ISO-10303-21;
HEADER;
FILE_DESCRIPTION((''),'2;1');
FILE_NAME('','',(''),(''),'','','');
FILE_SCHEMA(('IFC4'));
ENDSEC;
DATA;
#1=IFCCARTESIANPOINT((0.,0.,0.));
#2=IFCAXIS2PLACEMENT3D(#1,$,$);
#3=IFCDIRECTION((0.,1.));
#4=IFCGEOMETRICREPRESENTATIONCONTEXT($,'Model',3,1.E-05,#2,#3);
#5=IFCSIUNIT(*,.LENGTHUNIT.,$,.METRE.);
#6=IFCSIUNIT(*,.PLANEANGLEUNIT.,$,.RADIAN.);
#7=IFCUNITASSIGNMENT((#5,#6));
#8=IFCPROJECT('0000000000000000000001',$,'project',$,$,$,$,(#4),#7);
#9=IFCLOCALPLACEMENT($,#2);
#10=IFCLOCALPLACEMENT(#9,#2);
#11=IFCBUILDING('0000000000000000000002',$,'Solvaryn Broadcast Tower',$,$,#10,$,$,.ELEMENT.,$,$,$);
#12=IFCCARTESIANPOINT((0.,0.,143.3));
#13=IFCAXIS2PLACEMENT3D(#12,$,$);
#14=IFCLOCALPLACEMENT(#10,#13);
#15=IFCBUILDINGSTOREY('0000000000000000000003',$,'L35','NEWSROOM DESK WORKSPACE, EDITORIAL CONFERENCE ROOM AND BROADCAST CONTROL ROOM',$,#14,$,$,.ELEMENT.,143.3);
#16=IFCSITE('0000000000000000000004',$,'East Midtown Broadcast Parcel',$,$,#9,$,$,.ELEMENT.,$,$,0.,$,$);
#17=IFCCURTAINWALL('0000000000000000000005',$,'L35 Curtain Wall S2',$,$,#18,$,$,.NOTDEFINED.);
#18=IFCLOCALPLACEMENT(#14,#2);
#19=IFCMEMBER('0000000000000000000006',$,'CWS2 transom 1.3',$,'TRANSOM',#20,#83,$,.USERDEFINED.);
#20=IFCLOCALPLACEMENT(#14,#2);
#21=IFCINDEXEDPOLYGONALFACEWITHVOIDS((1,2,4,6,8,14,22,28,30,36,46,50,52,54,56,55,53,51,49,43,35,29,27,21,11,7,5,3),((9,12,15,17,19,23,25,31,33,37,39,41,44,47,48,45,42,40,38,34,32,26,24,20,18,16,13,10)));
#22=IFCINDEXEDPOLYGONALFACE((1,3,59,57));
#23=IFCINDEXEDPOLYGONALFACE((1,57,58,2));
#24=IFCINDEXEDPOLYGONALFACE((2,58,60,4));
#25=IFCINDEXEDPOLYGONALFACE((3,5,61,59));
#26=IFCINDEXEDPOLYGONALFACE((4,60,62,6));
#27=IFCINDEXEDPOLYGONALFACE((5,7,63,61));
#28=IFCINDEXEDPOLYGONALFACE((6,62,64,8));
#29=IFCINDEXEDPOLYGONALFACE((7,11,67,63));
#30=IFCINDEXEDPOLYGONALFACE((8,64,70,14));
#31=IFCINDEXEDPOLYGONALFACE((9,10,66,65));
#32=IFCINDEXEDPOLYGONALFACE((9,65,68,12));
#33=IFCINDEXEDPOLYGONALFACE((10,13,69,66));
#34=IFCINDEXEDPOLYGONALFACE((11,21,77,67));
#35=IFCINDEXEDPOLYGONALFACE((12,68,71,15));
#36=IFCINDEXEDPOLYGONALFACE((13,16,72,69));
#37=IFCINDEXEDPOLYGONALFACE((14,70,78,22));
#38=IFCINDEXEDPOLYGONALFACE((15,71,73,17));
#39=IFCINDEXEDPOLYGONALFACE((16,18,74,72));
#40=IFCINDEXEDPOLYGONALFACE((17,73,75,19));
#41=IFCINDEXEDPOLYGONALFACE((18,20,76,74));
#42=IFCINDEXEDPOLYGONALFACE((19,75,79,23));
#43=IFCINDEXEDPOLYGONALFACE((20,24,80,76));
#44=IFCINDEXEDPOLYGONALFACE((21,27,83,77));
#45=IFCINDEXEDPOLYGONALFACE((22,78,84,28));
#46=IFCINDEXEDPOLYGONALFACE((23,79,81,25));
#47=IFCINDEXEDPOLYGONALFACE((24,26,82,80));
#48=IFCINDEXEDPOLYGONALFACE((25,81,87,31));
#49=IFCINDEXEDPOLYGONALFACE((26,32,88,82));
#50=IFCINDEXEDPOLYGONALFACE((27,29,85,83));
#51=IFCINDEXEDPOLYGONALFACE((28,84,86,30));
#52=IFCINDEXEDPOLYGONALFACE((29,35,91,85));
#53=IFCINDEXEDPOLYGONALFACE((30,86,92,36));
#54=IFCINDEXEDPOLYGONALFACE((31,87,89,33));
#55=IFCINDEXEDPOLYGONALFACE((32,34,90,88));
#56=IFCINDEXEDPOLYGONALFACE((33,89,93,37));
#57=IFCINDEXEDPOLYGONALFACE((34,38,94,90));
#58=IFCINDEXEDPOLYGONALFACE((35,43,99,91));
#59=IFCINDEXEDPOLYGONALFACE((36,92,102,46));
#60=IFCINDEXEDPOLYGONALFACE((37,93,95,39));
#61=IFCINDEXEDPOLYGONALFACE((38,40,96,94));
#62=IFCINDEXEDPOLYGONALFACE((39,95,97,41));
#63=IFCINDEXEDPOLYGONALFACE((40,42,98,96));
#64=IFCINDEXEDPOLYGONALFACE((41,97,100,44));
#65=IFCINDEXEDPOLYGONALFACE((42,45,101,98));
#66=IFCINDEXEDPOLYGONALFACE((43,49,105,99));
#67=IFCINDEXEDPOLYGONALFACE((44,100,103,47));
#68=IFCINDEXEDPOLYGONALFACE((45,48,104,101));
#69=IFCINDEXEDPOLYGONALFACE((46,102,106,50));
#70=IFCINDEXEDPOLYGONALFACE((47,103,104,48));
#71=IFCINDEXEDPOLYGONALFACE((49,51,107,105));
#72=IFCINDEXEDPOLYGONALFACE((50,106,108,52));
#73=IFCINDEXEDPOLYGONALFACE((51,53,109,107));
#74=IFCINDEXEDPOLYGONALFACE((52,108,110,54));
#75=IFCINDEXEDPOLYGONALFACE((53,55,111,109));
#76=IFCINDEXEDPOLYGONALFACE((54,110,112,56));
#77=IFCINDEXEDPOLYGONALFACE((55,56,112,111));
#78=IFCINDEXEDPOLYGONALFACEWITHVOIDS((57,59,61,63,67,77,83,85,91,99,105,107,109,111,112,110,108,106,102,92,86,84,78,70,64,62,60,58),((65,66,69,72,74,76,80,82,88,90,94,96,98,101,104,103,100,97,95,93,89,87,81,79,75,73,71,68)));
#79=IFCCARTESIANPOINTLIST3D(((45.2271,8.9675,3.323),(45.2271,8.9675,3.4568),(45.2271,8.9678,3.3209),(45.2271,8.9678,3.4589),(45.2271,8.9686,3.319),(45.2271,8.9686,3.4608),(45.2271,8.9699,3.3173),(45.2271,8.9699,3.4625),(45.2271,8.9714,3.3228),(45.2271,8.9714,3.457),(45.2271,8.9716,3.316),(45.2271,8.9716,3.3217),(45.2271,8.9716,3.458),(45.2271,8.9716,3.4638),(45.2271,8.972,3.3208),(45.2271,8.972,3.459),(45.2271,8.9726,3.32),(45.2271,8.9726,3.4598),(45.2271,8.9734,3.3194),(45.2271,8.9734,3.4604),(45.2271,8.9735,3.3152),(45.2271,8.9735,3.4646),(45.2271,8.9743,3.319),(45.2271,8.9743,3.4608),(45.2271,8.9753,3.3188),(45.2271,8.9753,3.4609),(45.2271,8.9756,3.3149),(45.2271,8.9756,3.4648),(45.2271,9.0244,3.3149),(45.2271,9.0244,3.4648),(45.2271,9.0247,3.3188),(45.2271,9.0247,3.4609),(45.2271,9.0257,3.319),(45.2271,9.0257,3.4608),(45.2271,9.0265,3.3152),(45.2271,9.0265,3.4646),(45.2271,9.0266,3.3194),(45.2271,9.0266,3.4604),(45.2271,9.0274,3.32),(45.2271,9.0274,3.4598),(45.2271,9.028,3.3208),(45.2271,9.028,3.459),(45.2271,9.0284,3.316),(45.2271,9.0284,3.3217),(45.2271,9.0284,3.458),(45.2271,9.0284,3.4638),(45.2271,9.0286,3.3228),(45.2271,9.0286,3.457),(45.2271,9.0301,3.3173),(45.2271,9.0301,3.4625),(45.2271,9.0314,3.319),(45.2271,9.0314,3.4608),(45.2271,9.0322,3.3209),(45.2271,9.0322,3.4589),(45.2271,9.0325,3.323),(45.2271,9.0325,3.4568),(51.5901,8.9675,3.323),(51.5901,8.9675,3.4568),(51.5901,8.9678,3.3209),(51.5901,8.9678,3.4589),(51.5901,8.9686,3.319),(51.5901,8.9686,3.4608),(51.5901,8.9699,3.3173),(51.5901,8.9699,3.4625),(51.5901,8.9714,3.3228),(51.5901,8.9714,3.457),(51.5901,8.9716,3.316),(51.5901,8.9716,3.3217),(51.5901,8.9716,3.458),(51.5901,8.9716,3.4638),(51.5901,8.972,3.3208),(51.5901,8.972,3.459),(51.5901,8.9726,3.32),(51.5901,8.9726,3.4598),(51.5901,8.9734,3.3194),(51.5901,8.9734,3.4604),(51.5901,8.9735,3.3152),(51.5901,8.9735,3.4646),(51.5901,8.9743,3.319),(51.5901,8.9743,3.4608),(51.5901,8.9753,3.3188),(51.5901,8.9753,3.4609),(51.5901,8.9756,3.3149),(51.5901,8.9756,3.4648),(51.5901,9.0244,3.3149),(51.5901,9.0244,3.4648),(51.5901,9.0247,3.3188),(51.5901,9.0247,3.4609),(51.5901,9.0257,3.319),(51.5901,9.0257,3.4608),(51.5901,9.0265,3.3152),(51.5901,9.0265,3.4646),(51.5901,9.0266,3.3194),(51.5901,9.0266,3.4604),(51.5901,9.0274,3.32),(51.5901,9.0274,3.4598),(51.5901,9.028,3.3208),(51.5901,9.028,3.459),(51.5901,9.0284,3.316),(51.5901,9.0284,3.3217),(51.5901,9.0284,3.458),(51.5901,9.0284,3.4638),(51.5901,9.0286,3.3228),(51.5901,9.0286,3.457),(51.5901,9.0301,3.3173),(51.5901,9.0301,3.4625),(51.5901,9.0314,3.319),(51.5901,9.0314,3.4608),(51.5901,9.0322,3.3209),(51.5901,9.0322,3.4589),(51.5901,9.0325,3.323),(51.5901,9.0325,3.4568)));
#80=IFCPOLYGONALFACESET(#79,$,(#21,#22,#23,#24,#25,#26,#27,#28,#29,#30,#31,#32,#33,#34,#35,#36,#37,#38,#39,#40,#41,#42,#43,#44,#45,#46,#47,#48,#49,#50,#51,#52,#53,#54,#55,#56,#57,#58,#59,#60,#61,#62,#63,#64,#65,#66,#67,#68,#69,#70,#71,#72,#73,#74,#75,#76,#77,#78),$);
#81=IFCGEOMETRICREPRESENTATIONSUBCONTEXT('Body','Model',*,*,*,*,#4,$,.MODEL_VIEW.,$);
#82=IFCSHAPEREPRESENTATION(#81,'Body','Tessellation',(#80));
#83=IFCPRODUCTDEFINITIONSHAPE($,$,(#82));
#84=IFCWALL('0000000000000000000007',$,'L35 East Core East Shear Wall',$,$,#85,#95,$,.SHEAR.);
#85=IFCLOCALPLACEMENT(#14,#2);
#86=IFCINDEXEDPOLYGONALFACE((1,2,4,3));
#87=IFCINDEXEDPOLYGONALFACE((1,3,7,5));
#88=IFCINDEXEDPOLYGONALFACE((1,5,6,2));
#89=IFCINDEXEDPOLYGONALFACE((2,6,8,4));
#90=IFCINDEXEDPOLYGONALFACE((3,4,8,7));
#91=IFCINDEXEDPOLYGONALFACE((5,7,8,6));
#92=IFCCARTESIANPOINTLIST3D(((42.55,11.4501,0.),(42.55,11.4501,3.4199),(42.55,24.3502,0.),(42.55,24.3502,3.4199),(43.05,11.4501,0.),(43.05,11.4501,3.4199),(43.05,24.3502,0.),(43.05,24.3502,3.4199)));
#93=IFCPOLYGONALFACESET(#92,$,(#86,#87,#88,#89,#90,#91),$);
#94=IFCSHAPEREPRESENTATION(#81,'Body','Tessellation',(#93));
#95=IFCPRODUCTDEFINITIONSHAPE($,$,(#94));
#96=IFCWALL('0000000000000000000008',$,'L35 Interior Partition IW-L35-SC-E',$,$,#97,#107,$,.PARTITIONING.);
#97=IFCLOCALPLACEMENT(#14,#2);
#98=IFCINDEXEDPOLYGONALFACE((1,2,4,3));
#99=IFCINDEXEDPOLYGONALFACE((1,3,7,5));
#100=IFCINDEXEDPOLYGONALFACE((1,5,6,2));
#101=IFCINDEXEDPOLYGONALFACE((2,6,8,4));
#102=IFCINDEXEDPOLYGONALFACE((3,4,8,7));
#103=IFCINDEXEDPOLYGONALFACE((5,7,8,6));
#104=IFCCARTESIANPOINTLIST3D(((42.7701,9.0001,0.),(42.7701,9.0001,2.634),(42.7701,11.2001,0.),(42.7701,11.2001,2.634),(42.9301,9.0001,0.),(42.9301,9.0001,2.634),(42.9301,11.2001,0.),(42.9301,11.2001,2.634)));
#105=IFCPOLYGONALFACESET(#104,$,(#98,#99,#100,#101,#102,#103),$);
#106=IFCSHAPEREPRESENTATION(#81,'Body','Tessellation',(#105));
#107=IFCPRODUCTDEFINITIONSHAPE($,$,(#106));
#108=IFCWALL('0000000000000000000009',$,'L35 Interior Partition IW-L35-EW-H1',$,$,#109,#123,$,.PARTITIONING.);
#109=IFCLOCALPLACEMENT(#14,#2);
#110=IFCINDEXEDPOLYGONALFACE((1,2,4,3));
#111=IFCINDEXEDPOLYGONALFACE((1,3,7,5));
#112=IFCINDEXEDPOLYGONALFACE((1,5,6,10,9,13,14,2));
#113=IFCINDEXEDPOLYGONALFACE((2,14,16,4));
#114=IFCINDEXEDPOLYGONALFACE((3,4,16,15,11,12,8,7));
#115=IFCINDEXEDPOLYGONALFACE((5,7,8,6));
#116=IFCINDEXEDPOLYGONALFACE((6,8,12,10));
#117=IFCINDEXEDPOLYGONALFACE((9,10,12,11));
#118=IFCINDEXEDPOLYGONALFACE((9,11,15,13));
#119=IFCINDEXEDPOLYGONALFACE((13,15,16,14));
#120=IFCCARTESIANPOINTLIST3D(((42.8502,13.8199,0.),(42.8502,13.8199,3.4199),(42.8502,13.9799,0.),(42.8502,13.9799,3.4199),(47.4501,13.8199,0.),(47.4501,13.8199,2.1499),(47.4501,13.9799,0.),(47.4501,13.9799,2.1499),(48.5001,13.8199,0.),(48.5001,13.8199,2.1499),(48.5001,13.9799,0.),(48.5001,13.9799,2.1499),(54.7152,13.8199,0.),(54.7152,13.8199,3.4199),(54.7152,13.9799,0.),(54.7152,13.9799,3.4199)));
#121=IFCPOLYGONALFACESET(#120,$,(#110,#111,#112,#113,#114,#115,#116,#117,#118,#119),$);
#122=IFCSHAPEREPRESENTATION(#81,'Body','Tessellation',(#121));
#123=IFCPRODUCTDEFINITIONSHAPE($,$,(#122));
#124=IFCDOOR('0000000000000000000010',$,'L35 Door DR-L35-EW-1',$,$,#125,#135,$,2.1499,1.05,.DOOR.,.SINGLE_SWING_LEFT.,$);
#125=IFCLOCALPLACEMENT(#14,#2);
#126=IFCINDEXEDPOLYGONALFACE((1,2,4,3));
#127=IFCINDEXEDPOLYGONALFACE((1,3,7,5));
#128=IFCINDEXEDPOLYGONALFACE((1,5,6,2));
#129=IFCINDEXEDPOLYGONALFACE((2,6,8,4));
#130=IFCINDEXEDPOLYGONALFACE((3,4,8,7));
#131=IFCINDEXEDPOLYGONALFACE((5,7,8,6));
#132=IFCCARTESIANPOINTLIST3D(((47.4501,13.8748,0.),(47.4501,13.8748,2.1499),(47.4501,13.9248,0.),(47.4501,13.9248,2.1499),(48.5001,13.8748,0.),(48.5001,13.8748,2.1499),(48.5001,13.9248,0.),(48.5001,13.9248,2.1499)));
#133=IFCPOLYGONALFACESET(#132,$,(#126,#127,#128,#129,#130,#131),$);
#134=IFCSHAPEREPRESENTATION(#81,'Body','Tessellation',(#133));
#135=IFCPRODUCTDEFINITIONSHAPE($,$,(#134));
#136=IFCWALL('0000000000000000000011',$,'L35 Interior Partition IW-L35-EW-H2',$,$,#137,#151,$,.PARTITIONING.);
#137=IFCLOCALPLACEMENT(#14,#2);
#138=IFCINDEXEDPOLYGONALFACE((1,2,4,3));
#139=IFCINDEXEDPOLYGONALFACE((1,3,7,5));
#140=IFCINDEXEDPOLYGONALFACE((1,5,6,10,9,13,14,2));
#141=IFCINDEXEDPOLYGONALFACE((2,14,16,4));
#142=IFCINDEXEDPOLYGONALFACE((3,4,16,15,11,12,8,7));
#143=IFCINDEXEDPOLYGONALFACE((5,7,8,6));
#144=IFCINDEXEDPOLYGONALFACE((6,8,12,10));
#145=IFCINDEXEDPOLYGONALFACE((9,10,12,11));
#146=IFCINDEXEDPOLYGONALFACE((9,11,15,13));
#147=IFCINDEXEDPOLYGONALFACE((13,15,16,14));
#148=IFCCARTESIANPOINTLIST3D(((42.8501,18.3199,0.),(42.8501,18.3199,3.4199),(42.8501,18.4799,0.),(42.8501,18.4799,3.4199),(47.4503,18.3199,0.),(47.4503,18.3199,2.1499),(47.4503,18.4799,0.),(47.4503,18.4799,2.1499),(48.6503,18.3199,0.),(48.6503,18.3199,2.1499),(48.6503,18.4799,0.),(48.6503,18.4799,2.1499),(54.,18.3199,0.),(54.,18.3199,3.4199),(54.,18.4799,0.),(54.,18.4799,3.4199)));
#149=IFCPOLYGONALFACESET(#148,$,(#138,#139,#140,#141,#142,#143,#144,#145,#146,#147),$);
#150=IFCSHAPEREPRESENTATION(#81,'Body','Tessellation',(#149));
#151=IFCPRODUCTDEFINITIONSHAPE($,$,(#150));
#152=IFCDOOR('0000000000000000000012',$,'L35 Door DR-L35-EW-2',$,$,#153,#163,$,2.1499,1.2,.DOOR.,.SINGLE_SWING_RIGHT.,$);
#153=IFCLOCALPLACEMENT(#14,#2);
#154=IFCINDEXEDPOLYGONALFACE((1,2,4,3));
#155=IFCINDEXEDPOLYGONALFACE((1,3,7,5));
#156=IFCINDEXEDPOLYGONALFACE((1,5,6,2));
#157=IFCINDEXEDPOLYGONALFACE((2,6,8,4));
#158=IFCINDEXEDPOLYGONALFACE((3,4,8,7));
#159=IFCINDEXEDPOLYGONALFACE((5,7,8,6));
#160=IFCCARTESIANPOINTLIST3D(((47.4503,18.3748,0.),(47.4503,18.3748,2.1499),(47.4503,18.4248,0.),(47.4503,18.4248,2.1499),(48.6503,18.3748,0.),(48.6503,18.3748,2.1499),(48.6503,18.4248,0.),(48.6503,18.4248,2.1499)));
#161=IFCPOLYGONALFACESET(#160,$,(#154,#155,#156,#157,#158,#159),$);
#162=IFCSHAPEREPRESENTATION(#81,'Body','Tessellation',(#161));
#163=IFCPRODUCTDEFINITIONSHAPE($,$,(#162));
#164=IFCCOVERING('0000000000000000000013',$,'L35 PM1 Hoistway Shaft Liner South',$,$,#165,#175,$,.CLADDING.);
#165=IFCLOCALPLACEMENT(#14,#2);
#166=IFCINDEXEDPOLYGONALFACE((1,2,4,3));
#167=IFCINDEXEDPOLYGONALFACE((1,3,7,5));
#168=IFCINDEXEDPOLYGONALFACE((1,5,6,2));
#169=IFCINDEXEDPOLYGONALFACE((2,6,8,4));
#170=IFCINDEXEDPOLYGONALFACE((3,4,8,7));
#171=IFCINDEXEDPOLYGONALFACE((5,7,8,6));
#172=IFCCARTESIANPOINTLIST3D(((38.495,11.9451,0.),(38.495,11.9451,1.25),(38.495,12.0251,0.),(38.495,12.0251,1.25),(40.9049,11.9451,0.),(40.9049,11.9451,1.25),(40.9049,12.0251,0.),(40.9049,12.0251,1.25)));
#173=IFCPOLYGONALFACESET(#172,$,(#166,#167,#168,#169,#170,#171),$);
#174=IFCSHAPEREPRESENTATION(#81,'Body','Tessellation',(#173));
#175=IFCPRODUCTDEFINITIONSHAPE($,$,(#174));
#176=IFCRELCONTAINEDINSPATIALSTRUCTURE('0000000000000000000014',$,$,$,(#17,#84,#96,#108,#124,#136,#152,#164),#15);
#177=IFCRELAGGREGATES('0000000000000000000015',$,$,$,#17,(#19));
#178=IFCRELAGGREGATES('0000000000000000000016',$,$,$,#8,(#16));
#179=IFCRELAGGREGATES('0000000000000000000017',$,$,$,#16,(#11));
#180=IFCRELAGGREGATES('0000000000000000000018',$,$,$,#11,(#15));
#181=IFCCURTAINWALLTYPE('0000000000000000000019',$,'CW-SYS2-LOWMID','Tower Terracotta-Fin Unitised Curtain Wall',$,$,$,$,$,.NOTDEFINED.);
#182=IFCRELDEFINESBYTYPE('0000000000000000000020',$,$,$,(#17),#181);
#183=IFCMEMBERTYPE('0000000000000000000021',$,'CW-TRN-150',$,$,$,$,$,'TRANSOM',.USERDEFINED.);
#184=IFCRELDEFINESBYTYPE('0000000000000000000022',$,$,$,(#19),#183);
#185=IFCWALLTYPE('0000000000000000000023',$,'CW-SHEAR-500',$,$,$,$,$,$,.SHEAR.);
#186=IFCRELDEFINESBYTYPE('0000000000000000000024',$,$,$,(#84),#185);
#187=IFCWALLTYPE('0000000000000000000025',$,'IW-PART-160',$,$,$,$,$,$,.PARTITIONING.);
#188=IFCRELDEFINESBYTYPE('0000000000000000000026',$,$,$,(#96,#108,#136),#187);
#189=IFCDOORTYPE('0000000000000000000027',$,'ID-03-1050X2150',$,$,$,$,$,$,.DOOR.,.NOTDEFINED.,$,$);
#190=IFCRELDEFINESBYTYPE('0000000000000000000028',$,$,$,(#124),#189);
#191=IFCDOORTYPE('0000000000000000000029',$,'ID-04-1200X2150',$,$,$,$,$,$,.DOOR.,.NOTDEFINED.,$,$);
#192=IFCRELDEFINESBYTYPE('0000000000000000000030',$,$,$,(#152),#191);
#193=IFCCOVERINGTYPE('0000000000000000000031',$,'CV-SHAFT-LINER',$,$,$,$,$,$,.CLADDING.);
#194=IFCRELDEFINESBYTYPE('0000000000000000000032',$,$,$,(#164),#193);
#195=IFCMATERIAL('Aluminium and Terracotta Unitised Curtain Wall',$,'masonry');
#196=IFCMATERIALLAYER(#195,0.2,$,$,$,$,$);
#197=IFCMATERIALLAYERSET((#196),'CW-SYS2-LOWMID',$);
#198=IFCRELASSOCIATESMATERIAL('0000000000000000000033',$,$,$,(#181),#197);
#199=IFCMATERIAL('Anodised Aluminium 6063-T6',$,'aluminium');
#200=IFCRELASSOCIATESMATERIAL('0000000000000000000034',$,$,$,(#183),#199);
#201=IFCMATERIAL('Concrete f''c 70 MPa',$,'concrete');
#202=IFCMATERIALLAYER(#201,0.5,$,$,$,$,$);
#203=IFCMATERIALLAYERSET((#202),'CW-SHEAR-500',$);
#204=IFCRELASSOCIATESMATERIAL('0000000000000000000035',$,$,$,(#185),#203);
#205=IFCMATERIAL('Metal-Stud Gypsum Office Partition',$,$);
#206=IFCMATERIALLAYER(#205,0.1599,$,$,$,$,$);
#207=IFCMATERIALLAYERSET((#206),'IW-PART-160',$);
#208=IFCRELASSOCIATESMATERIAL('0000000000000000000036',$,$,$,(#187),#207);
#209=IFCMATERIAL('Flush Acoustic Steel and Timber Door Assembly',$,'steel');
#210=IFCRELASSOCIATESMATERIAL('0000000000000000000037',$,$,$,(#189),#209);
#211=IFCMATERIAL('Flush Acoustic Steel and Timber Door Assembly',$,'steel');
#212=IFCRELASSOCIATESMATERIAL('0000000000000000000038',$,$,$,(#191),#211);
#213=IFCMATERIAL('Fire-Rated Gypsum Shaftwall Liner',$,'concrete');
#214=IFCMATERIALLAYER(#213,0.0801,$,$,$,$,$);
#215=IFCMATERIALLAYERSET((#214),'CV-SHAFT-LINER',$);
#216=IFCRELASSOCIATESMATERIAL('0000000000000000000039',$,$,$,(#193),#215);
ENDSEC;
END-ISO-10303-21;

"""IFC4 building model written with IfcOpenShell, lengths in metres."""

from ifc_helpers import new_model, si_unit, direction, frame, frame_2d, origin, origin_2d, place, context, subcontext, project, spatial, rectangle, hollow_rectangle, extrude, material, layer, layer_set, material_profile, profile_set, type_object, element, fill, aggregate, save


model = new_model("IFC4")

# Units and contexts
model_context = context("Model", 3, precision=1e-05, world=origin(), true_north=direction((0.0, 1.0)))
body_context = subcontext(model_context, "Body", "Model", "MODEL_VIEW")
ifc_project = project(units=[si_unit("LENGTHUNIT", "METRE"), si_unit("PLANEANGLEUNIT", "RADIAN")], contexts=[model_context])

# Site, building, storey
site_placement = place(None, origin())
site = spatial("IfcSite", under=ifc_project, at=site_placement, Name="East Midtown Broadcast Parcel", CompositionType="ELEMENT", RefElevation=0.0)
building_placement = place(site_placement, origin())
building = spatial("IfcBuilding", under=site, at=building_placement, Name="Solvaryn Broadcast Tower", CompositionType="ELEMENT")
storey_placement = place(building_placement, frame((0.0, 0.0, 143.3)))
storey = spatial("IfcBuildingStorey", under=building, at=storey_placement, Name="L35", Description="NEWSROOM DESK WORKSPACE, EDITORIAL CONFERENCE ROOM AND BROADCAST CONTROL ROOM", CompositionType="ELEMENT", Elevation=143.3)

# Shared definitions
ifc_material_1 = material(Name="Aluminium and Terracotta Unitised Curtain Wall", Category="masonry")
ifc_layer_1 = layer(ifc_material_1, 0.2)
ifc_layer_set_1 = layer_set([ifc_layer_1], Name="CW-SYS2-LOWMID")
curtain_wall_type = type_object("IfcCurtainWallType", Name="CW-SYS2-LOWMID", Description="Tower Terracotta-Fin Unitised Curtain Wall", PredefinedType="NOTDEFINED", material=ifc_layer_set_1)

# Curtain wall, member
curtain_wall_1_placement = place(storey_placement, origin())
curtain_wall_1 = element("IfcCurtainWall", 1, at=curtain_wall_1_placement, inside=storey, type_object=curtain_wall_type, Name="L35 Curtain Wall S2", PredefinedType="NOTDEFINED")
ifc_material_2 = material(Name="Anodised Aluminium 6063-T6", Category="aluminium")
ifc_material_profile_1 = material_profile(ifc_material_2, hollow_rectangle(XDim=0.0649, YDim=0.1499, WallThickness=0.0039, InnerFilletRadius=0.0039, OuterFilletRadius=0.0081, at=origin_2d()))
ifc_profile_set_1 = profile_set([ifc_material_profile_1], Name="Anodised Aluminium 6063-T6")
member_type_1 = type_object("IfcMemberType", Name="CW-TRN-150", ElementType="TRANSOM", PredefinedType="USERDEFINED", material=ifc_profile_set_1)
member_1_placement = place(storey_placement, frame((45.2271, 9.0, 3.3899), z_axis=(1.0, 0.0, 0.0), x_axis=(0.0, 1.0, 0.0)))
member_1 = element("IfcMember", 2, at=member_1_placement, type_object=member_type_1, Name="CWS2 transom 1.3", ObjectType="TRANSOM", PredefinedType="USERDEFINED", context=body_context, shape_type="SweptSolid", body=[
    extrude(hollow_rectangle(XDim=0.0649, YDim=0.1499, WallThickness=0.0039, InnerFilletRadius=0.0039, OuterFilletRadius=0.0081, at=origin_2d()), origin(), (0.0, 0.0, 1.0), 6.363),
])
aggregate(curtain_wall_1, [member_1])

# Walls
ifc_material_3 = material(Name="Concrete f'c 70 MPa", Category="concrete")
ifc_layer_2 = layer(ifc_material_3, 0.5)
ifc_layer_set_2 = layer_set([ifc_layer_2], Name="CW-SHEAR-500")
wall_type_1 = type_object("IfcWallType", Name="CW-SHEAR-500", PredefinedType="SHEAR", material=ifc_layer_set_2)
wall_1_placement = place(storey_placement, frame((42.8, 11.45, 0.0), z_axis=(0.0, 0.0, 1.0), x_axis=(0.0, 1.0, 0.0)))
element("IfcWall", 3, at=wall_1_placement, inside=storey, type_object=wall_type_1, Name="L35 East Core East Shear Wall", PredefinedType="SHEAR", context=body_context, shape_type="SweptSolid", body=[
    extrude(rectangle(XDim=12.9001, YDim=0.5, at=frame_2d((6.4502, 0.0))), origin(), (0.0, 0.0, 1.0), 3.4199),
])
ifc_material_4 = material(Name="Metal-Stud Gypsum Office Partition")
ifc_layer_3 = layer(ifc_material_4, 0.1599)
ifc_layer_set_3 = layer_set([ifc_layer_3], Name="IW-PART-160")
wall_type_2 = type_object("IfcWallType", Name="IW-PART-160", PredefinedType="PARTITIONING", material=ifc_layer_set_3)
wall_2_placement = place(storey_placement, frame((42.8501, 9.0, 0.0), z_axis=(0.0, 0.0, 1.0), x_axis=(0.0, 1.0, 0.0)))
element("IfcWall", 4, at=wall_2_placement, inside=storey, type_object=wall_type_2, Name="L35 Interior Partition IW-L35-SC-E", PredefinedType="PARTITIONING", context=body_context, shape_type="SweptSolid", body=[
    extrude(rectangle(XDim=2.2, YDim=0.1599, at=frame_2d((1.1001, 0.0))), origin(), (0.0, 0.0, 1.0), 2.634),
])

# Walls, openings, doors
wall_3_placement = place(storey_placement, frame((42.8501, 13.8999, 0.0), z_axis=(0.0, 0.0, 1.0), x_axis=(1.0, 0.0, 0.0)))
wall_3 = element("IfcWall", 5, at=wall_3_placement, inside=storey, type_object=wall_type_2, Name="L35 Interior Partition IW-L35-EW-H1", PredefinedType="PARTITIONING", context=body_context, shape_type="SweptSolid", body=[
    extrude(rectangle(XDim=11.865, YDim=0.1599, at=frame_2d((5.9326, 0.0))), origin(), (0.0, 0.0, 1.0), 3.4199),
])
opening_1_placement = place(wall_3_placement, frame((4.6001, 0.0, 0.0)))
opening_1 = element("IfcOpeningElement", 6, at=opening_1_placement, cuts=wall_3, PredefinedType="OPENING", context=body_context, shape_type="SweptSolid", body=[
    extrude(rectangle(XDim=1.05, YDim=2.1499, at=frame_2d((0.5249, 1.075))), frame((0.0, 0.0901, 0.0), z_axis=(0.0, -1.0, 0.0), x_axis=(1.0, 0.0, 0.0)), (0.0, 0.0, 1.0), 0.1799),
])
ifc_material_5 = material(Name="Flush Acoustic Steel and Timber Door Assembly", Category="steel")
door_type_1 = type_object("IfcDoorType", Name="ID-03-1050X2150", OperationType="NOTDEFINED", PredefinedType="DOOR", material=ifc_material_5)
door_1_placement = place(opening_1_placement, origin())
door_1 = element("IfcDoor", 7, at=door_1_placement, inside=storey, type_object=door_type_1, Name="L35 Door DR-L35-EW-1", OperationType="SINGLE_SWING_LEFT", OverallHeight=2.1499, OverallWidth=1.05, PredefinedType="DOOR", context=body_context, shape_type="SweptSolid", body=[
    extrude(rectangle(XDim=1.05, YDim=2.1499, at=frame_2d((0.5249, 1.075))), frame((0.0, 0.0249, 0.0), z_axis=(0.0, -1.0, 0.0), x_axis=(1.0, 0.0, 0.0)), (0.0, 0.0, 1.0), 0.05),
])
fill(opening_1, door_1)
wall_4_placement = place(storey_placement, frame((42.8501, 18.3999, 0.0), z_axis=(0.0, 0.0, 1.0), x_axis=(1.0, 0.0, 0.0)))
wall_4 = element("IfcWall", 8, at=wall_4_placement, inside=storey, type_object=wall_type_2, Name="L35 Interior Partition IW-L35-EW-H2", PredefinedType="PARTITIONING", context=body_context, shape_type="SweptSolid", body=[
    extrude(rectangle(XDim=11.1499, YDim=0.1599, at=frame_2d((5.575, 0.0))), origin(), (0.0, 0.0, 1.0), 3.4199),
])
opening_2_placement = place(wall_4_placement, frame((4.6001, 0.0, 0.0)))
opening_2 = element("IfcOpeningElement", 9, at=opening_2_placement, cuts=wall_4, PredefinedType="OPENING", context=body_context, shape_type="SweptSolid", body=[
    extrude(rectangle(XDim=1.2, YDim=2.1499, at=frame_2d((0.6001, 1.075))), frame((0.0, 0.0901, 0.0), z_axis=(0.0, -1.0, 0.0), x_axis=(1.0, 0.0, 0.0)), (0.0, 0.0, 1.0), 0.1799),
])
ifc_material_6 = material(Name="Flush Acoustic Steel and Timber Door Assembly", Category="steel")
door_type_2 = type_object("IfcDoorType", Name="ID-04-1200X2150", OperationType="NOTDEFINED", PredefinedType="DOOR", material=ifc_material_6)
door_2_placement = place(opening_2_placement, origin())
door_2 = element("IfcDoor", 10, at=door_2_placement, inside=storey, type_object=door_type_2, Name="L35 Door DR-L35-EW-2", OperationType="SINGLE_SWING_RIGHT", OverallHeight=2.1499, OverallWidth=1.2, PredefinedType="DOOR", context=body_context, shape_type="SweptSolid", body=[
    extrude(rectangle(XDim=1.2, YDim=2.1499, at=frame_2d((0.6001, 1.075))), frame((0.0, 0.0249, 0.0), z_axis=(0.0, -1.0, 0.0), x_axis=(1.0, 0.0, 0.0)), (0.0, 0.0, 1.0), 0.05),
])
fill(opening_2, door_2)

# Covering
ifc_material_7 = material(Name="Fire-Rated Gypsum Shaftwall Liner", Category="concrete")
ifc_layer_4 = layer(ifc_material_7, 0.0801)
ifc_layer_set_4 = layer_set([ifc_layer_4], Name="CV-SHAFT-LINER")
covering_type_1 = type_object("IfcCoveringType", Name="CV-SHAFT-LINER", PredefinedType="CLADDING", material=ifc_layer_set_4)
covering_1_placement = place(storey_placement, frame((39.7, 11.9851, 0.0), z_axis=(0.0, 0.0, 1.0), x_axis=(1.0, 0.0, 0.0)))
element("IfcCovering", 11, at=covering_1_placement, inside=storey, type_object=covering_type_1, Name="L35 PM1 Hoistway Shaft Liner South", PredefinedType="CLADDING", context=body_context, shape_type="SweptSolid", body=[
    extrude(rectangle(XDim=2.4099, YDim=0.0801, at=origin_2d()), origin(), (0.0, 0.0, 1.0), 1.25),
])

save(model, "model.ifc")
